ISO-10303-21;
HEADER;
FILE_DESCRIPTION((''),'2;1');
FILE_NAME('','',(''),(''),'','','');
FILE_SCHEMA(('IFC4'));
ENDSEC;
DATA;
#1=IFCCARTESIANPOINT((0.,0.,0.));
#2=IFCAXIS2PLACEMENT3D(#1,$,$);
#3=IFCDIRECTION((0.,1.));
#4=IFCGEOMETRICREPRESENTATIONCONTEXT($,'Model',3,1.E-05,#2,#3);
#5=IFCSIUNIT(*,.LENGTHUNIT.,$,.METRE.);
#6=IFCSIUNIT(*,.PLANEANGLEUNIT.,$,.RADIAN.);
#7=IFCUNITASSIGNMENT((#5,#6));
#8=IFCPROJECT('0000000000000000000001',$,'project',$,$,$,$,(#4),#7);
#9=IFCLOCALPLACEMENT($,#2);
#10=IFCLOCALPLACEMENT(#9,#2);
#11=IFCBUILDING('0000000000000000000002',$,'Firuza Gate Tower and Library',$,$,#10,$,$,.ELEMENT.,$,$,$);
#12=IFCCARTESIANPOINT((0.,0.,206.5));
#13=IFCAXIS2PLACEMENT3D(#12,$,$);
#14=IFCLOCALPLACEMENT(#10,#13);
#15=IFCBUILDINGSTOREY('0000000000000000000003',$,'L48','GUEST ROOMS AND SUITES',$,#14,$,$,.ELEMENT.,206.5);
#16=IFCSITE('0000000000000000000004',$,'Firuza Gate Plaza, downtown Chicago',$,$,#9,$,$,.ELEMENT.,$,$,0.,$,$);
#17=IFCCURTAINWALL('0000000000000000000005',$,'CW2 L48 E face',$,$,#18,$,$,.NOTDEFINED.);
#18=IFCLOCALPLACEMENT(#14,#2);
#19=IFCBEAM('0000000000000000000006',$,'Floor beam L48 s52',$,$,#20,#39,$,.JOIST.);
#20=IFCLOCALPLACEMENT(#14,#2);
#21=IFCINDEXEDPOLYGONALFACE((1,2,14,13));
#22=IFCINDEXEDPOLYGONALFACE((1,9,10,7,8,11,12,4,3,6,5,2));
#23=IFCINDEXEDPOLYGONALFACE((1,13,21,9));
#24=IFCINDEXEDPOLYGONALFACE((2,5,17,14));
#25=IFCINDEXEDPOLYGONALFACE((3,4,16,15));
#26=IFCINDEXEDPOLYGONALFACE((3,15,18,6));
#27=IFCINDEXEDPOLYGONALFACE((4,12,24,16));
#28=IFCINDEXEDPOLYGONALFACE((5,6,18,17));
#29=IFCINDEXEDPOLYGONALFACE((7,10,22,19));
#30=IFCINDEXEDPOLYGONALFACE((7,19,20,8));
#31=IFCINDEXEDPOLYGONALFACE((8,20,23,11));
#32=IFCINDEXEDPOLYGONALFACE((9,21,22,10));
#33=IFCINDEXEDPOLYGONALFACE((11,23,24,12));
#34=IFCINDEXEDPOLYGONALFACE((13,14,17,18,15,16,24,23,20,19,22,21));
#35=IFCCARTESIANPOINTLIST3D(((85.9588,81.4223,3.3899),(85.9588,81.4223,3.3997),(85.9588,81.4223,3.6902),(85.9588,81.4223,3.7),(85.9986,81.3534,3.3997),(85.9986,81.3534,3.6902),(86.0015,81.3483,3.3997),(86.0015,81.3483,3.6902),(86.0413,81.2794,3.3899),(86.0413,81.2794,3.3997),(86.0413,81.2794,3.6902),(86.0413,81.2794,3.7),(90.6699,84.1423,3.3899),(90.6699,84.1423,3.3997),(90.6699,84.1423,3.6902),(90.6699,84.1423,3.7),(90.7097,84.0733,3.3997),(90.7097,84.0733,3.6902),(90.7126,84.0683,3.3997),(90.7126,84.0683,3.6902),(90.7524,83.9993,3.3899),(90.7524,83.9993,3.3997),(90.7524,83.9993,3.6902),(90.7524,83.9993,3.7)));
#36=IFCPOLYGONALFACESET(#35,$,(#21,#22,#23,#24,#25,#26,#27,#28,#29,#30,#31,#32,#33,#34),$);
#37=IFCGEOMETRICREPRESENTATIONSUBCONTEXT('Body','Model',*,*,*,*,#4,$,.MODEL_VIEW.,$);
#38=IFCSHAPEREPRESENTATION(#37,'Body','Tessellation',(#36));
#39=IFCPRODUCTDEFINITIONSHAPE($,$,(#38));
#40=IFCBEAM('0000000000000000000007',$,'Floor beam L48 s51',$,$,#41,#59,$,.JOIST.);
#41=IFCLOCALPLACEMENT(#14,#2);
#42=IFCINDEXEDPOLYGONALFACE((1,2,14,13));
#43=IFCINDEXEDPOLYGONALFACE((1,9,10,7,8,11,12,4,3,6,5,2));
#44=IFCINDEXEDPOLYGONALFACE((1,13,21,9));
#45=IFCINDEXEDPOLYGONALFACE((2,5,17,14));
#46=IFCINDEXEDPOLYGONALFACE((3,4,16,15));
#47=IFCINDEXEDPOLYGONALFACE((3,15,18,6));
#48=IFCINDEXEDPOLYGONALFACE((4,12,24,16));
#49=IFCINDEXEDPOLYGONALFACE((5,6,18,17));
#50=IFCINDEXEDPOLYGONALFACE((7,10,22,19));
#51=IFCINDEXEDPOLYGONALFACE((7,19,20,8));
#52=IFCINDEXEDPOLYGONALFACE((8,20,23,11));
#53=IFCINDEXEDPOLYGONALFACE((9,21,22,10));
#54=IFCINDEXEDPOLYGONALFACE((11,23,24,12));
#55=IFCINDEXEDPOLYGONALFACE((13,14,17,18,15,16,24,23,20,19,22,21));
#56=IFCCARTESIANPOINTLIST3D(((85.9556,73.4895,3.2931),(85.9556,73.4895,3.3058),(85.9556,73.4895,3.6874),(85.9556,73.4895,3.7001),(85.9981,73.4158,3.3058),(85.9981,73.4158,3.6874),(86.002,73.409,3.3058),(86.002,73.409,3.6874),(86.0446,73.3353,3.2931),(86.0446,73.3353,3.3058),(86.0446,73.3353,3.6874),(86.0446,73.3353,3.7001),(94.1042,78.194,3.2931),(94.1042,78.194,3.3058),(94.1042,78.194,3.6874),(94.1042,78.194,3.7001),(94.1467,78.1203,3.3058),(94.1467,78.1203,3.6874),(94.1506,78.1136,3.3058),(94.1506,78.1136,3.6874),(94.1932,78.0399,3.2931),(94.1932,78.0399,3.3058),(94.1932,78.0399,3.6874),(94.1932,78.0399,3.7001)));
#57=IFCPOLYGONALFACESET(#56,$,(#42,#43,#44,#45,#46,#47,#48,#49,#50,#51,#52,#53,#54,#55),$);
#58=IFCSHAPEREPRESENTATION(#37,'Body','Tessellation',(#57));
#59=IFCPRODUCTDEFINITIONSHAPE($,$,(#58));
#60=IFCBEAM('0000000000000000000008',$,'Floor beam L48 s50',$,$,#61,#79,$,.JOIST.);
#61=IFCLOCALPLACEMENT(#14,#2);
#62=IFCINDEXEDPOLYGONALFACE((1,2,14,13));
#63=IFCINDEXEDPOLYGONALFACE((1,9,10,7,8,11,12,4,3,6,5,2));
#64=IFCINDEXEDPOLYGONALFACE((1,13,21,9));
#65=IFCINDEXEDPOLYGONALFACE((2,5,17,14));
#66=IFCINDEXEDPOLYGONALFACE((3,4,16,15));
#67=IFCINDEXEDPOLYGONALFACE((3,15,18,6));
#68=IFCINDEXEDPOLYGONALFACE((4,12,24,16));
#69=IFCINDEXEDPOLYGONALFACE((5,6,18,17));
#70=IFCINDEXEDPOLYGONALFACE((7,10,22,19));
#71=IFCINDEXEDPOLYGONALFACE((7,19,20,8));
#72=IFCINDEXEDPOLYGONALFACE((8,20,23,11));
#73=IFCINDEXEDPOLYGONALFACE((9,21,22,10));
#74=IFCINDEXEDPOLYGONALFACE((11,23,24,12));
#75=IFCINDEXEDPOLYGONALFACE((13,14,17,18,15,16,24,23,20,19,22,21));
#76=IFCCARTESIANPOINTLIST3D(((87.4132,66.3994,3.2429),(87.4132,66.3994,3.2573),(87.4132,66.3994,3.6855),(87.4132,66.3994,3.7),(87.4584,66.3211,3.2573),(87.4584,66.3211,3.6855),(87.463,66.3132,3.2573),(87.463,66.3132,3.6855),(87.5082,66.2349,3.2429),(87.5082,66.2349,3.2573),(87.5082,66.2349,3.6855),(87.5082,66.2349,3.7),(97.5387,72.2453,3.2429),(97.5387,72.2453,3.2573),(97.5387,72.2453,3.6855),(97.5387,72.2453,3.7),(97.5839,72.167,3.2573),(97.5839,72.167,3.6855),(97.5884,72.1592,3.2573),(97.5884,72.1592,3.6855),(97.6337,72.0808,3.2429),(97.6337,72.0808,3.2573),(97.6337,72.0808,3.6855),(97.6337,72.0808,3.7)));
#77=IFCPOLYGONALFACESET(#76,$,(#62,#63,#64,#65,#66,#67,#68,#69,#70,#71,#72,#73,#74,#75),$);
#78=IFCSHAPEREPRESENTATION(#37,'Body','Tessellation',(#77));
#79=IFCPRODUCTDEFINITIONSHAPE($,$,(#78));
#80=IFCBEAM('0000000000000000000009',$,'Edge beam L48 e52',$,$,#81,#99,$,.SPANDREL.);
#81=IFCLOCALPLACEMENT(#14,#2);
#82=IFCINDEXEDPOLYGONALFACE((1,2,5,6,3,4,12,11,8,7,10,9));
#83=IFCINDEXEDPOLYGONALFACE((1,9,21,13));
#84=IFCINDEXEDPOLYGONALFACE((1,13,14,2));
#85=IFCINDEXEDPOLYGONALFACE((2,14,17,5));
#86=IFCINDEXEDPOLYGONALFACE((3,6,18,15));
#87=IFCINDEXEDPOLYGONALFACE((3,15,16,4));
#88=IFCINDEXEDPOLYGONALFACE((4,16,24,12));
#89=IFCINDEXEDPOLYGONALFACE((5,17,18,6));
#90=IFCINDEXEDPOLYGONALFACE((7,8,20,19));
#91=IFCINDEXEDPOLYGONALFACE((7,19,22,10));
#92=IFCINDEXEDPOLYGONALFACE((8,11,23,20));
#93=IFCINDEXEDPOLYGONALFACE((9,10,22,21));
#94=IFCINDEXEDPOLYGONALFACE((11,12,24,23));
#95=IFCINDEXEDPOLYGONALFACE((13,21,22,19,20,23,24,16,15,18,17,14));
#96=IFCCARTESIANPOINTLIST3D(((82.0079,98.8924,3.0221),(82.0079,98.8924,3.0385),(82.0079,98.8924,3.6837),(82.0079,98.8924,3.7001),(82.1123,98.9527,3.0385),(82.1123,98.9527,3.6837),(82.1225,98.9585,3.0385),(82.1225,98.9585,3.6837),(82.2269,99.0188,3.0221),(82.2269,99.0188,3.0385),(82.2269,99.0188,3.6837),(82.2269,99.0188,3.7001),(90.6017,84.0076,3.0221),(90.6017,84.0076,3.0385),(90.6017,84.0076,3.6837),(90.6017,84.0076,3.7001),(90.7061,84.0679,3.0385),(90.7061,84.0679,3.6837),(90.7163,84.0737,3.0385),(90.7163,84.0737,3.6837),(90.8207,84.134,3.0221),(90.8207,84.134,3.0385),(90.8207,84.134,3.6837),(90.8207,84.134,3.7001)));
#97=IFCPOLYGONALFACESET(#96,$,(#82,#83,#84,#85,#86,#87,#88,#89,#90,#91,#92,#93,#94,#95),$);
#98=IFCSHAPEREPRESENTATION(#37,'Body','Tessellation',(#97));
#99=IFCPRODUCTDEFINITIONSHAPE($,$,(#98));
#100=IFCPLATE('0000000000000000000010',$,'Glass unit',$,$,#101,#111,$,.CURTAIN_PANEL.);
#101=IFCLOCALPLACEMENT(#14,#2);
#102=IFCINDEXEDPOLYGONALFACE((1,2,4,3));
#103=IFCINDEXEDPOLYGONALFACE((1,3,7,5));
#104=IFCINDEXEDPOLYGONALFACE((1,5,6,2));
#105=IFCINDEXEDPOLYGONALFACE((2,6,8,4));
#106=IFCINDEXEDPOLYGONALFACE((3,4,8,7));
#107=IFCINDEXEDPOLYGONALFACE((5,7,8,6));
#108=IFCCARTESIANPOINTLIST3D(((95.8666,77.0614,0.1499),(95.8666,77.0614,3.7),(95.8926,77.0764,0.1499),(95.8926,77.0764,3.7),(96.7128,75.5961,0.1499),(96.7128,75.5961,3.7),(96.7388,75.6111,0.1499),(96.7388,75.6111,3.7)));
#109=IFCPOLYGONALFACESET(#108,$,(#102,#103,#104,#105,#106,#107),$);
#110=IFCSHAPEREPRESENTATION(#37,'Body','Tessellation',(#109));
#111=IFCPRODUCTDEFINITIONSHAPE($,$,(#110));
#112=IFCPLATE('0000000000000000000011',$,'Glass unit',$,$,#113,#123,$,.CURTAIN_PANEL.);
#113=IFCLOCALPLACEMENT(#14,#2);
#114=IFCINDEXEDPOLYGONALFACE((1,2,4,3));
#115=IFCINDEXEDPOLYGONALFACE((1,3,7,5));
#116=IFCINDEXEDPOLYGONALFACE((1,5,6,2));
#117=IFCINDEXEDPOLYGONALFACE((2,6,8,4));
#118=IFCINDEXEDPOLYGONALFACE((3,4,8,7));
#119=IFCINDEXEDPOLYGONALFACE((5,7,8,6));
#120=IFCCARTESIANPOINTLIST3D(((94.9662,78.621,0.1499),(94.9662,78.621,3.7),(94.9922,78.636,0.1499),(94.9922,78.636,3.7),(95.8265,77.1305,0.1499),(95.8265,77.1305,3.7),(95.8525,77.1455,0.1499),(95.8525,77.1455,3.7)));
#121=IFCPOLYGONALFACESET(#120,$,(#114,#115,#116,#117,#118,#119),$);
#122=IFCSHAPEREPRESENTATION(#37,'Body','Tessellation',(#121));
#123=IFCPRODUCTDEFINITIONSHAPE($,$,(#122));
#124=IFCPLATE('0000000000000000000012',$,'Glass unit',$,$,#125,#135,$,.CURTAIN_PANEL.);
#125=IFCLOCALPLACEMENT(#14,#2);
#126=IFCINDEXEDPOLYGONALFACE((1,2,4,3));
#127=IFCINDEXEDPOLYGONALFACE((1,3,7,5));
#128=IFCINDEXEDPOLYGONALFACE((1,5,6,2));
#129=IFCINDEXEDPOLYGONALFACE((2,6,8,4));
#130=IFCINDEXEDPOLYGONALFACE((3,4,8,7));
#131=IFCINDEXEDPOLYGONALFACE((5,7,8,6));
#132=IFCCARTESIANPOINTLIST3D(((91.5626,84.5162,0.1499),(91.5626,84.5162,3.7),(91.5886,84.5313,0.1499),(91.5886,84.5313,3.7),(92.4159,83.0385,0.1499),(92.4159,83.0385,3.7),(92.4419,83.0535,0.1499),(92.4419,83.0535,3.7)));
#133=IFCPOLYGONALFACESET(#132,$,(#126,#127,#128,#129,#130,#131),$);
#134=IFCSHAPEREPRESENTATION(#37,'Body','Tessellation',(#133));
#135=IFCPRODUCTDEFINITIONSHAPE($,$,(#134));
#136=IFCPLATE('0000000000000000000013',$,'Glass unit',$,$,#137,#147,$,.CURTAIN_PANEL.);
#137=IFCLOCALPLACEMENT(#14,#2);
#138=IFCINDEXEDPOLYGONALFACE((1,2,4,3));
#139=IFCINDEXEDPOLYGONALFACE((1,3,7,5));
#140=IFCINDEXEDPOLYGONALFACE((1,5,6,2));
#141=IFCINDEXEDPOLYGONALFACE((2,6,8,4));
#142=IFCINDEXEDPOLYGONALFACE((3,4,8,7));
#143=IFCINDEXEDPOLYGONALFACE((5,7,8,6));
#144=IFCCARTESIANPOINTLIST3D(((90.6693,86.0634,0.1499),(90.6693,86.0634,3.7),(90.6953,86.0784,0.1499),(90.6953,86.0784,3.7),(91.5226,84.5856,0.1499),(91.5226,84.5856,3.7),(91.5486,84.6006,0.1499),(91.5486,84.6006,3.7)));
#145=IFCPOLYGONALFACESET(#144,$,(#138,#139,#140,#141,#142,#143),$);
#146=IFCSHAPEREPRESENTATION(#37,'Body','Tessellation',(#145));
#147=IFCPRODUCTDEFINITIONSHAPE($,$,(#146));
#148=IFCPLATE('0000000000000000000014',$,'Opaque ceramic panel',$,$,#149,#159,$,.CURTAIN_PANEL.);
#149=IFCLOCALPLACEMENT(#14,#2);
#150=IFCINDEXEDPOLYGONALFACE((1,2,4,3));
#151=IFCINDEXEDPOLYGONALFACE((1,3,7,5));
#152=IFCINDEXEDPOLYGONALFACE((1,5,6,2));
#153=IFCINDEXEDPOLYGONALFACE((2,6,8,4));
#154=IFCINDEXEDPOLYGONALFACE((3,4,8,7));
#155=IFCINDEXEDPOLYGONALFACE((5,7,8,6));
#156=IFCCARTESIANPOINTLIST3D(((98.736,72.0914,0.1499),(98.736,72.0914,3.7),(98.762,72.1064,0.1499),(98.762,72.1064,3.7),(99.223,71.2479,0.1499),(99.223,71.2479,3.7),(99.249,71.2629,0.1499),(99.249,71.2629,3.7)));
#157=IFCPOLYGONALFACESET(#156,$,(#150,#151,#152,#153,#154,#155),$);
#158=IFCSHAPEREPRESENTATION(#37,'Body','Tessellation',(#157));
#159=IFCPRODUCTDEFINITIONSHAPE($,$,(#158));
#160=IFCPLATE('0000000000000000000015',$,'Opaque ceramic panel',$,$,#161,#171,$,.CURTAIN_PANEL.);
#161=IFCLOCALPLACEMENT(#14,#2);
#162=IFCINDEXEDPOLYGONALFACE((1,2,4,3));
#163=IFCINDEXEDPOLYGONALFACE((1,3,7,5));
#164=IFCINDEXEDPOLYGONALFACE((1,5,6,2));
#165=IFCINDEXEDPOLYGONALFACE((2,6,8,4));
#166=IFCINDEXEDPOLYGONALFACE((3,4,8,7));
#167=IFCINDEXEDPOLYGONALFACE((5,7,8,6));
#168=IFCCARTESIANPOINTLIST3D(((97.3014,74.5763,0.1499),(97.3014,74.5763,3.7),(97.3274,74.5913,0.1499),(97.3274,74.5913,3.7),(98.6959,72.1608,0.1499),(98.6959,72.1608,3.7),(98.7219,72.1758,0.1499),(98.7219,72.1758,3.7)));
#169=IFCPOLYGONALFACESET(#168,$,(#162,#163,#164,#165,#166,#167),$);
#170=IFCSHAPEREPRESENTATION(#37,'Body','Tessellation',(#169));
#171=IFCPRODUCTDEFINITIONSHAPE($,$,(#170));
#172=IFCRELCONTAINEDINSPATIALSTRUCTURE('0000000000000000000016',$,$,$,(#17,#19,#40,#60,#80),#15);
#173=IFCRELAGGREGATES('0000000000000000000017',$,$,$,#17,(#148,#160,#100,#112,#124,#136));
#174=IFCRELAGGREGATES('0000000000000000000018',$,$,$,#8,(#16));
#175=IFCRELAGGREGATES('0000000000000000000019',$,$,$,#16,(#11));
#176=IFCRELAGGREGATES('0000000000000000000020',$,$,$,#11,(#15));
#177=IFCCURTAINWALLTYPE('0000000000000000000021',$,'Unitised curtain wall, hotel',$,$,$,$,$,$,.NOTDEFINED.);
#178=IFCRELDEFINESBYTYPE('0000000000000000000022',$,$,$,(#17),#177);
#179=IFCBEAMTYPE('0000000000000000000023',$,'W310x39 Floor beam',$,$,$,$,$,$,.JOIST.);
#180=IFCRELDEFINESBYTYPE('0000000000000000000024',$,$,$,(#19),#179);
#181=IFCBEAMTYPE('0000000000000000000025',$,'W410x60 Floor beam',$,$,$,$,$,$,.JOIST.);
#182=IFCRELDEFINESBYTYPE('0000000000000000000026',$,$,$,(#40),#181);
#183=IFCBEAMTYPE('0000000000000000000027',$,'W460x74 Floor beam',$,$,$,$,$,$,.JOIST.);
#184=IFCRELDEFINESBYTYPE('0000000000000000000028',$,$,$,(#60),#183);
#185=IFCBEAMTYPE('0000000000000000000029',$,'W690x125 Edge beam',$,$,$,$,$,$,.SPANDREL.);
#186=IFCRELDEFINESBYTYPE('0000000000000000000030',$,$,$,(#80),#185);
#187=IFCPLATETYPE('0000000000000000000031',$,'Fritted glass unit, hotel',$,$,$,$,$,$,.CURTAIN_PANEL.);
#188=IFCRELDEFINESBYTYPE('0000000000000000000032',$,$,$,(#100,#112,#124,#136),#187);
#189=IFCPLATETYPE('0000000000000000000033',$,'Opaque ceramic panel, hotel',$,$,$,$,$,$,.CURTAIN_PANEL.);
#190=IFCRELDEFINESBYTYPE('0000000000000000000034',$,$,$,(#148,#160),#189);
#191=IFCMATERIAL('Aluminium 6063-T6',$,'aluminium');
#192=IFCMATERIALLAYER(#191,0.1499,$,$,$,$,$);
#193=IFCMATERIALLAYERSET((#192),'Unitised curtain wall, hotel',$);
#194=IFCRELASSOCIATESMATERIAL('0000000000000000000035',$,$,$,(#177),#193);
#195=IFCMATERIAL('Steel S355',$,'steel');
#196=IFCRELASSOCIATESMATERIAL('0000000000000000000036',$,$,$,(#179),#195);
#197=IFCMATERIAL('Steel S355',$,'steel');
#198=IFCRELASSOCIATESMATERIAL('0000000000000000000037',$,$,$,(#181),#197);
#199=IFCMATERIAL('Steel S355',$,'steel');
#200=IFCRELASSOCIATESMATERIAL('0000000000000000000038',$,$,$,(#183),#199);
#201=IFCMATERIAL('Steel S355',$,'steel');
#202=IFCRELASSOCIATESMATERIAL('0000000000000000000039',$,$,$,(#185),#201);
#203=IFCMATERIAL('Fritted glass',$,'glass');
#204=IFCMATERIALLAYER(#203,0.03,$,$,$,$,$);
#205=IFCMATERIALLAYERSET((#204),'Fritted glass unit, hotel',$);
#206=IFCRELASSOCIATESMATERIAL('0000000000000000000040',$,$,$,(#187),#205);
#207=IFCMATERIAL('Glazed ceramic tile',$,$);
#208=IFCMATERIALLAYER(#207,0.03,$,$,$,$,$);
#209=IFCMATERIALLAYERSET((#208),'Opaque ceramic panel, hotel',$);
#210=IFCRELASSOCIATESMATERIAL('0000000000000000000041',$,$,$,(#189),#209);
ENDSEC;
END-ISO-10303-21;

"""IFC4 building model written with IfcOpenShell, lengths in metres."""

from ifc_helpers import new_model, si_unit, direction, frame, origin, origin_2d, place, context, subcontext, project, spatial, polyline, i_section, outline, extrude, material, layer, layer_set, material_profile, profile_set, type_object, element, aggregate, save


model = new_model("IFC4")

# Units and contexts
model_context = context("Model", 3, precision=1e-05, world=origin(), true_north=direction((0.0, 1.0)))
body_context = subcontext(model_context, "Body", "Model", "MODEL_VIEW")
ifc_project = project(units=[si_unit("LENGTHUNIT", "METRE"), si_unit("PLANEANGLEUNIT", "RADIAN")], contexts=[model_context])

# Site, building, storey
site_placement = place(None, origin())
site = spatial("IfcSite", under=ifc_project, at=site_placement, Name="Firuza Gate Plaza, downtown Chicago", CompositionType="ELEMENT", RefElevation=0.0)
building_placement = place(site_placement, origin())
building = spatial("IfcBuilding", under=site, at=building_placement, Name="Firuza Gate Tower and Library", CompositionType="ELEMENT")
storey_placement = place(building_placement, frame((0.0, 0.0, 206.5)))
storey = spatial("IfcBuildingStorey", under=building, at=storey_placement, Name="L48", Description="GUEST ROOMS AND SUITES", CompositionType="ELEMENT", Elevation=206.5)

# Curtain wall
ifc_material_1 = material(Name="Aluminium 6063-T6", Category="aluminium")
ifc_layer_1 = layer(ifc_material_1, 0.1499)
ifc_layer_set_1 = layer_set([ifc_layer_1], Name="Unitised curtain wall, hotel")
curtain_wall_type = type_object("IfcCurtainWallType", Name="Unitised curtain wall, hotel", PredefinedType="NOTDEFINED", material=ifc_layer_set_1)
curtain_wall_placement = place(storey_placement, origin())
curtain_wall = element("IfcCurtainWall", 1, at=curtain_wall_placement, inside=storey, type_object=curtain_wall_type, Name="CW2 L48 E face", PredefinedType="NOTDEFINED")

# Beams
ifc_material_2 = material(Name="Steel S355", Category="steel")
ifc_material_profile_1 = material_profile(ifc_material_2, i_section(OverallWidth=0.165, OverallDepth=0.3101, WebThickness=0.0059, FlangeThickness=0.0098, at=origin_2d()))
ifc_profile_set_1 = profile_set([ifc_material_profile_1], Name="Steel S355")
beam_type_1 = type_object("IfcBeamType", Name="W310x39 Floor beam", PredefinedType="JOIST", material=ifc_profile_set_1)
beam_1_placement = place(storey_placement, frame((90.7112, 84.0708, 3.5449), z_axis=(-0.866028, -0.499996, 0.0), x_axis=(0.499996, -0.866028, 0.0)))
element("IfcBeam", 2, at=beam_1_placement, inside=storey, type_object=beam_type_1, Name="Floor beam L48 s52", PredefinedType="JOIST", context=body_context, shape_type="SweptSolid", body=[
    extrude(i_section(OverallWidth=0.165, OverallDepth=0.3101, WebThickness=0.0059, FlangeThickness=0.0098, at=origin_2d()), origin(), (0.0, 0.0, 1.0), 5.4399),
])
ifc_material_3 = material(Name="Steel S355", Category="steel")
ifc_material_profile_2 = material_profile(ifc_material_3, i_section(OverallWidth=0.178, OverallDepth=0.407, WebThickness=0.0078, FlangeThickness=0.0127, at=origin_2d()))
ifc_profile_set_2 = profile_set([ifc_material_profile_2], Name="Steel S355")
beam_type_2 = type_object("IfcBeamType", Name="W410x60 Floor beam", PredefinedType="JOIST", material=ifc_profile_set_2)
beam_2_placement = place(storey_placement, frame((94.1487, 78.1169, 3.4966), z_axis=(-0.866028, -0.499996, 0.0), x_axis=(0.499996, -0.866028, 0.0)))
element("IfcBeam", 3, at=beam_2_placement, inside=storey, type_object=beam_type_2, Name="Floor beam L48 s51", PredefinedType="JOIST", context=body_context, shape_type="SweptSolid", body=[
    extrude(i_section(OverallWidth=0.178, OverallDepth=0.407, WebThickness=0.0078, FlangeThickness=0.0127, at=origin_2d()), origin(), (0.0, 0.0, 1.0), 9.4092),
])
ifc_material_4 = material(Name="Steel S355", Category="steel")
ifc_material_profile_3 = material_profile(ifc_material_4, i_section(OverallWidth=0.1899, OverallDepth=0.457, WebThickness=0.009, FlangeThickness=0.0144, at=origin_2d()))
ifc_profile_set_3 = profile_set([ifc_material_profile_3], Name="Steel S355")
beam_type_3 = type_object("IfcBeamType", Name="W460x74 Floor beam", PredefinedType="JOIST", material=ifc_profile_set_3)
beam_3_placement = place(storey_placement, frame((97.5862, 72.1631, 3.4714), z_axis=(-0.866026, -0.5, 0.0), x_axis=(0.5, -0.866026, 0.0)))
element("IfcBeam", 4, at=beam_3_placement, inside=storey, type_object=beam_type_3, Name="Floor beam L48 s50", PredefinedType="JOIST", context=body_context, shape_type="SweptSolid", body=[
    extrude(i_section(OverallWidth=0.1899, OverallDepth=0.457, WebThickness=0.009, FlangeThickness=0.0144, at=origin_2d()), origin(), (0.0, 0.0, 1.0), 11.6919),
])
ifc_material_5 = material(Name="Steel S355", Category="steel")
ifc_material_profile_4 = material_profile(ifc_material_5, i_section(OverallWidth=0.2529, OverallDepth=0.678, WebThickness=0.0117, FlangeThickness=0.0164, at=origin_2d()))
ifc_profile_set_4 = profile_set([ifc_material_profile_4], Name="Steel S355")
beam_type_4 = type_object("IfcBeamType", Name="W690x125 Edge beam", PredefinedType="SPANDREL", material=ifc_profile_set_4)
beam_4_placement = place(storey_placement, frame((90.7112, 84.0708, 3.3611), z_axis=(-0.500001, 0.866025, 0.0), x_axis=(-0.866025, -0.500001, 0.0)))
element("IfcBeam", 5, at=beam_4_placement, inside=storey, type_object=beam_type_4, Name="Edge beam L48 e52", PredefinedType="SPANDREL", context=body_context, shape_type="SweptSolid", body=[
    extrude(i_section(OverallWidth=0.2529, OverallDepth=0.678, WebThickness=0.0117, FlangeThickness=0.0164, at=origin_2d()), origin(), (0.0, 0.0, 1.0), 17.1875),
])

# Plates
ifc_material_6 = material(Name="Fritted glass", Category="glass")
ifc_layer_2 = layer(ifc_material_6, 0.03)
ifc_layer_set_2 = layer_set([ifc_layer_2], Name="Fritted glass unit, hotel")
plate_type_1 = type_object("IfcPlateType", Name="Fritted glass unit, hotel", PredefinedType="CURTAIN_PANEL", material=ifc_layer_set_2)
plate_1_placement = place(storey_placement, frame((96.7388, 75.6111, 0.1499), z_axis=(0.865979, 0.50008, 0.0), x_axis=(-0.50008, 0.865979, 0.0)))
plate_1 = element("IfcPlate", 6, at=plate_1_placement, type_object=plate_type_1, Name="Glass unit", PredefinedType="CURTAIN_PANEL", context=body_context, shape_type="SweptSolid", body=[
    extrude(outline(polyline([(0.0, 0.0), (1.6921, 0.0), (1.6921, 3.55), (0.0, 3.55), (0.0, 0.0)])), origin(), (0.0, 0.0, -1.0), 0.03),
])
plate_2_placement = place(storey_placement, frame((95.8525, 77.1455, 0.1499), z_axis=(0.86607, 0.499923, 0.0), x_axis=(-0.499923, 0.86607, 0.0)))
plate_2 = element("IfcPlate", 7, at=plate_2_placement, type_object=plate_type_1, Name="Glass unit", PredefinedType="CURTAIN_PANEL", context=body_context, shape_type="SweptSolid", body=[
    extrude(outline(polyline([(0.0, 0.0), (1.721, 0.0), (1.721, 3.55), (0.0, 3.55), (0.0, 0.0)])), origin(), (0.0, 0.0, -1.0), 0.03),
])
plate_3_placement = place(storey_placement, frame((92.4419, 83.0535, 0.1499), z_axis=(0.866007, 0.500032, 0.0), x_axis=(-0.500032, 0.866007, 0.0)))
plate_3 = element("IfcPlate", 8, at=plate_3_placement, type_object=plate_type_1, Name="Glass unit", PredefinedType="CURTAIN_PANEL", context=body_context, shape_type="SweptSolid", body=[
    extrude(outline(polyline([(0.0, 0.0), (1.7064, 0.0), (1.7064, 3.55), (0.0, 3.55), (0.0, 0.0)])), origin(), (0.0, 0.0, -1.0), 0.03),
])
plate_4_placement = place(storey_placement, frame((91.5486, 84.6006, 0.1499), z_axis=(0.866007, 0.500032, 0.0), x_axis=(-0.500032, 0.866007, 0.0)))
plate_4 = element("IfcPlate", 9, at=plate_4_placement, type_object=plate_type_1, Name="Glass unit", PredefinedType="CURTAIN_PANEL", context=body_context, shape_type="SweptSolid", body=[
    extrude(outline(polyline([(0.0, 0.0), (1.7064, 0.0), (1.7064, 3.55), (0.0, 3.55), (0.0, 0.0)])), origin(), (0.0, 0.0, -1.0), 0.03),
])
ifc_material_7 = material(Name="Glazed ceramic tile")
ifc_layer_3 = layer(ifc_material_7, 0.03)
ifc_layer_set_3 = layer_set([ifc_layer_3], Name="Opaque ceramic panel, hotel")
plate_type_2 = type_object("IfcPlateType", Name="Opaque ceramic panel, hotel", PredefinedType="CURTAIN_PANEL", material=ifc_layer_set_3)
plate_5_placement = place(storey_placement, frame((99.249, 71.2629, 0.1499), z_axis=(0.865998, 0.500048, 0.0), x_axis=(-0.500048, 0.865998, 0.0)))
plate_5 = element("IfcPlate", 10, at=plate_5_placement, type_object=plate_type_2, Name="Opaque ceramic panel", PredefinedType="CURTAIN_PANEL", context=body_context, shape_type="SweptSolid", body=[
    extrude(outline(polyline([(0.0, 0.0), (0.974, 0.0), (0.974, 3.55), (0.0, 3.55), (0.0, 0.0)])), origin(), (0.0, 0.0, -1.0), 0.03),
])
plate_6_placement = place(storey_placement, frame((98.7219, 72.1758, 0.1499), z_axis=(0.866037, 0.49998, 0.0), x_axis=(-0.49998, 0.866037, 0.0)))
plate_6 = element("IfcPlate", 11, at=plate_6_placement, type_object=plate_type_2, Name="Opaque ceramic panel", PredefinedType="CURTAIN_PANEL", context=body_context, shape_type="SweptSolid", body=[
    extrude(outline(polyline([(0.0, 0.0), (2.7892, 0.0), (2.7892, 3.55), (0.0, 3.55), (0.0, 0.0)])), origin(), (0.0, 0.0, -1.0), 0.03),
])
aggregate(curtain_wall, [plate_5, plate_6, plate_1, plate_2, plate_3, plate_4])

save(model, "model.ifc")
